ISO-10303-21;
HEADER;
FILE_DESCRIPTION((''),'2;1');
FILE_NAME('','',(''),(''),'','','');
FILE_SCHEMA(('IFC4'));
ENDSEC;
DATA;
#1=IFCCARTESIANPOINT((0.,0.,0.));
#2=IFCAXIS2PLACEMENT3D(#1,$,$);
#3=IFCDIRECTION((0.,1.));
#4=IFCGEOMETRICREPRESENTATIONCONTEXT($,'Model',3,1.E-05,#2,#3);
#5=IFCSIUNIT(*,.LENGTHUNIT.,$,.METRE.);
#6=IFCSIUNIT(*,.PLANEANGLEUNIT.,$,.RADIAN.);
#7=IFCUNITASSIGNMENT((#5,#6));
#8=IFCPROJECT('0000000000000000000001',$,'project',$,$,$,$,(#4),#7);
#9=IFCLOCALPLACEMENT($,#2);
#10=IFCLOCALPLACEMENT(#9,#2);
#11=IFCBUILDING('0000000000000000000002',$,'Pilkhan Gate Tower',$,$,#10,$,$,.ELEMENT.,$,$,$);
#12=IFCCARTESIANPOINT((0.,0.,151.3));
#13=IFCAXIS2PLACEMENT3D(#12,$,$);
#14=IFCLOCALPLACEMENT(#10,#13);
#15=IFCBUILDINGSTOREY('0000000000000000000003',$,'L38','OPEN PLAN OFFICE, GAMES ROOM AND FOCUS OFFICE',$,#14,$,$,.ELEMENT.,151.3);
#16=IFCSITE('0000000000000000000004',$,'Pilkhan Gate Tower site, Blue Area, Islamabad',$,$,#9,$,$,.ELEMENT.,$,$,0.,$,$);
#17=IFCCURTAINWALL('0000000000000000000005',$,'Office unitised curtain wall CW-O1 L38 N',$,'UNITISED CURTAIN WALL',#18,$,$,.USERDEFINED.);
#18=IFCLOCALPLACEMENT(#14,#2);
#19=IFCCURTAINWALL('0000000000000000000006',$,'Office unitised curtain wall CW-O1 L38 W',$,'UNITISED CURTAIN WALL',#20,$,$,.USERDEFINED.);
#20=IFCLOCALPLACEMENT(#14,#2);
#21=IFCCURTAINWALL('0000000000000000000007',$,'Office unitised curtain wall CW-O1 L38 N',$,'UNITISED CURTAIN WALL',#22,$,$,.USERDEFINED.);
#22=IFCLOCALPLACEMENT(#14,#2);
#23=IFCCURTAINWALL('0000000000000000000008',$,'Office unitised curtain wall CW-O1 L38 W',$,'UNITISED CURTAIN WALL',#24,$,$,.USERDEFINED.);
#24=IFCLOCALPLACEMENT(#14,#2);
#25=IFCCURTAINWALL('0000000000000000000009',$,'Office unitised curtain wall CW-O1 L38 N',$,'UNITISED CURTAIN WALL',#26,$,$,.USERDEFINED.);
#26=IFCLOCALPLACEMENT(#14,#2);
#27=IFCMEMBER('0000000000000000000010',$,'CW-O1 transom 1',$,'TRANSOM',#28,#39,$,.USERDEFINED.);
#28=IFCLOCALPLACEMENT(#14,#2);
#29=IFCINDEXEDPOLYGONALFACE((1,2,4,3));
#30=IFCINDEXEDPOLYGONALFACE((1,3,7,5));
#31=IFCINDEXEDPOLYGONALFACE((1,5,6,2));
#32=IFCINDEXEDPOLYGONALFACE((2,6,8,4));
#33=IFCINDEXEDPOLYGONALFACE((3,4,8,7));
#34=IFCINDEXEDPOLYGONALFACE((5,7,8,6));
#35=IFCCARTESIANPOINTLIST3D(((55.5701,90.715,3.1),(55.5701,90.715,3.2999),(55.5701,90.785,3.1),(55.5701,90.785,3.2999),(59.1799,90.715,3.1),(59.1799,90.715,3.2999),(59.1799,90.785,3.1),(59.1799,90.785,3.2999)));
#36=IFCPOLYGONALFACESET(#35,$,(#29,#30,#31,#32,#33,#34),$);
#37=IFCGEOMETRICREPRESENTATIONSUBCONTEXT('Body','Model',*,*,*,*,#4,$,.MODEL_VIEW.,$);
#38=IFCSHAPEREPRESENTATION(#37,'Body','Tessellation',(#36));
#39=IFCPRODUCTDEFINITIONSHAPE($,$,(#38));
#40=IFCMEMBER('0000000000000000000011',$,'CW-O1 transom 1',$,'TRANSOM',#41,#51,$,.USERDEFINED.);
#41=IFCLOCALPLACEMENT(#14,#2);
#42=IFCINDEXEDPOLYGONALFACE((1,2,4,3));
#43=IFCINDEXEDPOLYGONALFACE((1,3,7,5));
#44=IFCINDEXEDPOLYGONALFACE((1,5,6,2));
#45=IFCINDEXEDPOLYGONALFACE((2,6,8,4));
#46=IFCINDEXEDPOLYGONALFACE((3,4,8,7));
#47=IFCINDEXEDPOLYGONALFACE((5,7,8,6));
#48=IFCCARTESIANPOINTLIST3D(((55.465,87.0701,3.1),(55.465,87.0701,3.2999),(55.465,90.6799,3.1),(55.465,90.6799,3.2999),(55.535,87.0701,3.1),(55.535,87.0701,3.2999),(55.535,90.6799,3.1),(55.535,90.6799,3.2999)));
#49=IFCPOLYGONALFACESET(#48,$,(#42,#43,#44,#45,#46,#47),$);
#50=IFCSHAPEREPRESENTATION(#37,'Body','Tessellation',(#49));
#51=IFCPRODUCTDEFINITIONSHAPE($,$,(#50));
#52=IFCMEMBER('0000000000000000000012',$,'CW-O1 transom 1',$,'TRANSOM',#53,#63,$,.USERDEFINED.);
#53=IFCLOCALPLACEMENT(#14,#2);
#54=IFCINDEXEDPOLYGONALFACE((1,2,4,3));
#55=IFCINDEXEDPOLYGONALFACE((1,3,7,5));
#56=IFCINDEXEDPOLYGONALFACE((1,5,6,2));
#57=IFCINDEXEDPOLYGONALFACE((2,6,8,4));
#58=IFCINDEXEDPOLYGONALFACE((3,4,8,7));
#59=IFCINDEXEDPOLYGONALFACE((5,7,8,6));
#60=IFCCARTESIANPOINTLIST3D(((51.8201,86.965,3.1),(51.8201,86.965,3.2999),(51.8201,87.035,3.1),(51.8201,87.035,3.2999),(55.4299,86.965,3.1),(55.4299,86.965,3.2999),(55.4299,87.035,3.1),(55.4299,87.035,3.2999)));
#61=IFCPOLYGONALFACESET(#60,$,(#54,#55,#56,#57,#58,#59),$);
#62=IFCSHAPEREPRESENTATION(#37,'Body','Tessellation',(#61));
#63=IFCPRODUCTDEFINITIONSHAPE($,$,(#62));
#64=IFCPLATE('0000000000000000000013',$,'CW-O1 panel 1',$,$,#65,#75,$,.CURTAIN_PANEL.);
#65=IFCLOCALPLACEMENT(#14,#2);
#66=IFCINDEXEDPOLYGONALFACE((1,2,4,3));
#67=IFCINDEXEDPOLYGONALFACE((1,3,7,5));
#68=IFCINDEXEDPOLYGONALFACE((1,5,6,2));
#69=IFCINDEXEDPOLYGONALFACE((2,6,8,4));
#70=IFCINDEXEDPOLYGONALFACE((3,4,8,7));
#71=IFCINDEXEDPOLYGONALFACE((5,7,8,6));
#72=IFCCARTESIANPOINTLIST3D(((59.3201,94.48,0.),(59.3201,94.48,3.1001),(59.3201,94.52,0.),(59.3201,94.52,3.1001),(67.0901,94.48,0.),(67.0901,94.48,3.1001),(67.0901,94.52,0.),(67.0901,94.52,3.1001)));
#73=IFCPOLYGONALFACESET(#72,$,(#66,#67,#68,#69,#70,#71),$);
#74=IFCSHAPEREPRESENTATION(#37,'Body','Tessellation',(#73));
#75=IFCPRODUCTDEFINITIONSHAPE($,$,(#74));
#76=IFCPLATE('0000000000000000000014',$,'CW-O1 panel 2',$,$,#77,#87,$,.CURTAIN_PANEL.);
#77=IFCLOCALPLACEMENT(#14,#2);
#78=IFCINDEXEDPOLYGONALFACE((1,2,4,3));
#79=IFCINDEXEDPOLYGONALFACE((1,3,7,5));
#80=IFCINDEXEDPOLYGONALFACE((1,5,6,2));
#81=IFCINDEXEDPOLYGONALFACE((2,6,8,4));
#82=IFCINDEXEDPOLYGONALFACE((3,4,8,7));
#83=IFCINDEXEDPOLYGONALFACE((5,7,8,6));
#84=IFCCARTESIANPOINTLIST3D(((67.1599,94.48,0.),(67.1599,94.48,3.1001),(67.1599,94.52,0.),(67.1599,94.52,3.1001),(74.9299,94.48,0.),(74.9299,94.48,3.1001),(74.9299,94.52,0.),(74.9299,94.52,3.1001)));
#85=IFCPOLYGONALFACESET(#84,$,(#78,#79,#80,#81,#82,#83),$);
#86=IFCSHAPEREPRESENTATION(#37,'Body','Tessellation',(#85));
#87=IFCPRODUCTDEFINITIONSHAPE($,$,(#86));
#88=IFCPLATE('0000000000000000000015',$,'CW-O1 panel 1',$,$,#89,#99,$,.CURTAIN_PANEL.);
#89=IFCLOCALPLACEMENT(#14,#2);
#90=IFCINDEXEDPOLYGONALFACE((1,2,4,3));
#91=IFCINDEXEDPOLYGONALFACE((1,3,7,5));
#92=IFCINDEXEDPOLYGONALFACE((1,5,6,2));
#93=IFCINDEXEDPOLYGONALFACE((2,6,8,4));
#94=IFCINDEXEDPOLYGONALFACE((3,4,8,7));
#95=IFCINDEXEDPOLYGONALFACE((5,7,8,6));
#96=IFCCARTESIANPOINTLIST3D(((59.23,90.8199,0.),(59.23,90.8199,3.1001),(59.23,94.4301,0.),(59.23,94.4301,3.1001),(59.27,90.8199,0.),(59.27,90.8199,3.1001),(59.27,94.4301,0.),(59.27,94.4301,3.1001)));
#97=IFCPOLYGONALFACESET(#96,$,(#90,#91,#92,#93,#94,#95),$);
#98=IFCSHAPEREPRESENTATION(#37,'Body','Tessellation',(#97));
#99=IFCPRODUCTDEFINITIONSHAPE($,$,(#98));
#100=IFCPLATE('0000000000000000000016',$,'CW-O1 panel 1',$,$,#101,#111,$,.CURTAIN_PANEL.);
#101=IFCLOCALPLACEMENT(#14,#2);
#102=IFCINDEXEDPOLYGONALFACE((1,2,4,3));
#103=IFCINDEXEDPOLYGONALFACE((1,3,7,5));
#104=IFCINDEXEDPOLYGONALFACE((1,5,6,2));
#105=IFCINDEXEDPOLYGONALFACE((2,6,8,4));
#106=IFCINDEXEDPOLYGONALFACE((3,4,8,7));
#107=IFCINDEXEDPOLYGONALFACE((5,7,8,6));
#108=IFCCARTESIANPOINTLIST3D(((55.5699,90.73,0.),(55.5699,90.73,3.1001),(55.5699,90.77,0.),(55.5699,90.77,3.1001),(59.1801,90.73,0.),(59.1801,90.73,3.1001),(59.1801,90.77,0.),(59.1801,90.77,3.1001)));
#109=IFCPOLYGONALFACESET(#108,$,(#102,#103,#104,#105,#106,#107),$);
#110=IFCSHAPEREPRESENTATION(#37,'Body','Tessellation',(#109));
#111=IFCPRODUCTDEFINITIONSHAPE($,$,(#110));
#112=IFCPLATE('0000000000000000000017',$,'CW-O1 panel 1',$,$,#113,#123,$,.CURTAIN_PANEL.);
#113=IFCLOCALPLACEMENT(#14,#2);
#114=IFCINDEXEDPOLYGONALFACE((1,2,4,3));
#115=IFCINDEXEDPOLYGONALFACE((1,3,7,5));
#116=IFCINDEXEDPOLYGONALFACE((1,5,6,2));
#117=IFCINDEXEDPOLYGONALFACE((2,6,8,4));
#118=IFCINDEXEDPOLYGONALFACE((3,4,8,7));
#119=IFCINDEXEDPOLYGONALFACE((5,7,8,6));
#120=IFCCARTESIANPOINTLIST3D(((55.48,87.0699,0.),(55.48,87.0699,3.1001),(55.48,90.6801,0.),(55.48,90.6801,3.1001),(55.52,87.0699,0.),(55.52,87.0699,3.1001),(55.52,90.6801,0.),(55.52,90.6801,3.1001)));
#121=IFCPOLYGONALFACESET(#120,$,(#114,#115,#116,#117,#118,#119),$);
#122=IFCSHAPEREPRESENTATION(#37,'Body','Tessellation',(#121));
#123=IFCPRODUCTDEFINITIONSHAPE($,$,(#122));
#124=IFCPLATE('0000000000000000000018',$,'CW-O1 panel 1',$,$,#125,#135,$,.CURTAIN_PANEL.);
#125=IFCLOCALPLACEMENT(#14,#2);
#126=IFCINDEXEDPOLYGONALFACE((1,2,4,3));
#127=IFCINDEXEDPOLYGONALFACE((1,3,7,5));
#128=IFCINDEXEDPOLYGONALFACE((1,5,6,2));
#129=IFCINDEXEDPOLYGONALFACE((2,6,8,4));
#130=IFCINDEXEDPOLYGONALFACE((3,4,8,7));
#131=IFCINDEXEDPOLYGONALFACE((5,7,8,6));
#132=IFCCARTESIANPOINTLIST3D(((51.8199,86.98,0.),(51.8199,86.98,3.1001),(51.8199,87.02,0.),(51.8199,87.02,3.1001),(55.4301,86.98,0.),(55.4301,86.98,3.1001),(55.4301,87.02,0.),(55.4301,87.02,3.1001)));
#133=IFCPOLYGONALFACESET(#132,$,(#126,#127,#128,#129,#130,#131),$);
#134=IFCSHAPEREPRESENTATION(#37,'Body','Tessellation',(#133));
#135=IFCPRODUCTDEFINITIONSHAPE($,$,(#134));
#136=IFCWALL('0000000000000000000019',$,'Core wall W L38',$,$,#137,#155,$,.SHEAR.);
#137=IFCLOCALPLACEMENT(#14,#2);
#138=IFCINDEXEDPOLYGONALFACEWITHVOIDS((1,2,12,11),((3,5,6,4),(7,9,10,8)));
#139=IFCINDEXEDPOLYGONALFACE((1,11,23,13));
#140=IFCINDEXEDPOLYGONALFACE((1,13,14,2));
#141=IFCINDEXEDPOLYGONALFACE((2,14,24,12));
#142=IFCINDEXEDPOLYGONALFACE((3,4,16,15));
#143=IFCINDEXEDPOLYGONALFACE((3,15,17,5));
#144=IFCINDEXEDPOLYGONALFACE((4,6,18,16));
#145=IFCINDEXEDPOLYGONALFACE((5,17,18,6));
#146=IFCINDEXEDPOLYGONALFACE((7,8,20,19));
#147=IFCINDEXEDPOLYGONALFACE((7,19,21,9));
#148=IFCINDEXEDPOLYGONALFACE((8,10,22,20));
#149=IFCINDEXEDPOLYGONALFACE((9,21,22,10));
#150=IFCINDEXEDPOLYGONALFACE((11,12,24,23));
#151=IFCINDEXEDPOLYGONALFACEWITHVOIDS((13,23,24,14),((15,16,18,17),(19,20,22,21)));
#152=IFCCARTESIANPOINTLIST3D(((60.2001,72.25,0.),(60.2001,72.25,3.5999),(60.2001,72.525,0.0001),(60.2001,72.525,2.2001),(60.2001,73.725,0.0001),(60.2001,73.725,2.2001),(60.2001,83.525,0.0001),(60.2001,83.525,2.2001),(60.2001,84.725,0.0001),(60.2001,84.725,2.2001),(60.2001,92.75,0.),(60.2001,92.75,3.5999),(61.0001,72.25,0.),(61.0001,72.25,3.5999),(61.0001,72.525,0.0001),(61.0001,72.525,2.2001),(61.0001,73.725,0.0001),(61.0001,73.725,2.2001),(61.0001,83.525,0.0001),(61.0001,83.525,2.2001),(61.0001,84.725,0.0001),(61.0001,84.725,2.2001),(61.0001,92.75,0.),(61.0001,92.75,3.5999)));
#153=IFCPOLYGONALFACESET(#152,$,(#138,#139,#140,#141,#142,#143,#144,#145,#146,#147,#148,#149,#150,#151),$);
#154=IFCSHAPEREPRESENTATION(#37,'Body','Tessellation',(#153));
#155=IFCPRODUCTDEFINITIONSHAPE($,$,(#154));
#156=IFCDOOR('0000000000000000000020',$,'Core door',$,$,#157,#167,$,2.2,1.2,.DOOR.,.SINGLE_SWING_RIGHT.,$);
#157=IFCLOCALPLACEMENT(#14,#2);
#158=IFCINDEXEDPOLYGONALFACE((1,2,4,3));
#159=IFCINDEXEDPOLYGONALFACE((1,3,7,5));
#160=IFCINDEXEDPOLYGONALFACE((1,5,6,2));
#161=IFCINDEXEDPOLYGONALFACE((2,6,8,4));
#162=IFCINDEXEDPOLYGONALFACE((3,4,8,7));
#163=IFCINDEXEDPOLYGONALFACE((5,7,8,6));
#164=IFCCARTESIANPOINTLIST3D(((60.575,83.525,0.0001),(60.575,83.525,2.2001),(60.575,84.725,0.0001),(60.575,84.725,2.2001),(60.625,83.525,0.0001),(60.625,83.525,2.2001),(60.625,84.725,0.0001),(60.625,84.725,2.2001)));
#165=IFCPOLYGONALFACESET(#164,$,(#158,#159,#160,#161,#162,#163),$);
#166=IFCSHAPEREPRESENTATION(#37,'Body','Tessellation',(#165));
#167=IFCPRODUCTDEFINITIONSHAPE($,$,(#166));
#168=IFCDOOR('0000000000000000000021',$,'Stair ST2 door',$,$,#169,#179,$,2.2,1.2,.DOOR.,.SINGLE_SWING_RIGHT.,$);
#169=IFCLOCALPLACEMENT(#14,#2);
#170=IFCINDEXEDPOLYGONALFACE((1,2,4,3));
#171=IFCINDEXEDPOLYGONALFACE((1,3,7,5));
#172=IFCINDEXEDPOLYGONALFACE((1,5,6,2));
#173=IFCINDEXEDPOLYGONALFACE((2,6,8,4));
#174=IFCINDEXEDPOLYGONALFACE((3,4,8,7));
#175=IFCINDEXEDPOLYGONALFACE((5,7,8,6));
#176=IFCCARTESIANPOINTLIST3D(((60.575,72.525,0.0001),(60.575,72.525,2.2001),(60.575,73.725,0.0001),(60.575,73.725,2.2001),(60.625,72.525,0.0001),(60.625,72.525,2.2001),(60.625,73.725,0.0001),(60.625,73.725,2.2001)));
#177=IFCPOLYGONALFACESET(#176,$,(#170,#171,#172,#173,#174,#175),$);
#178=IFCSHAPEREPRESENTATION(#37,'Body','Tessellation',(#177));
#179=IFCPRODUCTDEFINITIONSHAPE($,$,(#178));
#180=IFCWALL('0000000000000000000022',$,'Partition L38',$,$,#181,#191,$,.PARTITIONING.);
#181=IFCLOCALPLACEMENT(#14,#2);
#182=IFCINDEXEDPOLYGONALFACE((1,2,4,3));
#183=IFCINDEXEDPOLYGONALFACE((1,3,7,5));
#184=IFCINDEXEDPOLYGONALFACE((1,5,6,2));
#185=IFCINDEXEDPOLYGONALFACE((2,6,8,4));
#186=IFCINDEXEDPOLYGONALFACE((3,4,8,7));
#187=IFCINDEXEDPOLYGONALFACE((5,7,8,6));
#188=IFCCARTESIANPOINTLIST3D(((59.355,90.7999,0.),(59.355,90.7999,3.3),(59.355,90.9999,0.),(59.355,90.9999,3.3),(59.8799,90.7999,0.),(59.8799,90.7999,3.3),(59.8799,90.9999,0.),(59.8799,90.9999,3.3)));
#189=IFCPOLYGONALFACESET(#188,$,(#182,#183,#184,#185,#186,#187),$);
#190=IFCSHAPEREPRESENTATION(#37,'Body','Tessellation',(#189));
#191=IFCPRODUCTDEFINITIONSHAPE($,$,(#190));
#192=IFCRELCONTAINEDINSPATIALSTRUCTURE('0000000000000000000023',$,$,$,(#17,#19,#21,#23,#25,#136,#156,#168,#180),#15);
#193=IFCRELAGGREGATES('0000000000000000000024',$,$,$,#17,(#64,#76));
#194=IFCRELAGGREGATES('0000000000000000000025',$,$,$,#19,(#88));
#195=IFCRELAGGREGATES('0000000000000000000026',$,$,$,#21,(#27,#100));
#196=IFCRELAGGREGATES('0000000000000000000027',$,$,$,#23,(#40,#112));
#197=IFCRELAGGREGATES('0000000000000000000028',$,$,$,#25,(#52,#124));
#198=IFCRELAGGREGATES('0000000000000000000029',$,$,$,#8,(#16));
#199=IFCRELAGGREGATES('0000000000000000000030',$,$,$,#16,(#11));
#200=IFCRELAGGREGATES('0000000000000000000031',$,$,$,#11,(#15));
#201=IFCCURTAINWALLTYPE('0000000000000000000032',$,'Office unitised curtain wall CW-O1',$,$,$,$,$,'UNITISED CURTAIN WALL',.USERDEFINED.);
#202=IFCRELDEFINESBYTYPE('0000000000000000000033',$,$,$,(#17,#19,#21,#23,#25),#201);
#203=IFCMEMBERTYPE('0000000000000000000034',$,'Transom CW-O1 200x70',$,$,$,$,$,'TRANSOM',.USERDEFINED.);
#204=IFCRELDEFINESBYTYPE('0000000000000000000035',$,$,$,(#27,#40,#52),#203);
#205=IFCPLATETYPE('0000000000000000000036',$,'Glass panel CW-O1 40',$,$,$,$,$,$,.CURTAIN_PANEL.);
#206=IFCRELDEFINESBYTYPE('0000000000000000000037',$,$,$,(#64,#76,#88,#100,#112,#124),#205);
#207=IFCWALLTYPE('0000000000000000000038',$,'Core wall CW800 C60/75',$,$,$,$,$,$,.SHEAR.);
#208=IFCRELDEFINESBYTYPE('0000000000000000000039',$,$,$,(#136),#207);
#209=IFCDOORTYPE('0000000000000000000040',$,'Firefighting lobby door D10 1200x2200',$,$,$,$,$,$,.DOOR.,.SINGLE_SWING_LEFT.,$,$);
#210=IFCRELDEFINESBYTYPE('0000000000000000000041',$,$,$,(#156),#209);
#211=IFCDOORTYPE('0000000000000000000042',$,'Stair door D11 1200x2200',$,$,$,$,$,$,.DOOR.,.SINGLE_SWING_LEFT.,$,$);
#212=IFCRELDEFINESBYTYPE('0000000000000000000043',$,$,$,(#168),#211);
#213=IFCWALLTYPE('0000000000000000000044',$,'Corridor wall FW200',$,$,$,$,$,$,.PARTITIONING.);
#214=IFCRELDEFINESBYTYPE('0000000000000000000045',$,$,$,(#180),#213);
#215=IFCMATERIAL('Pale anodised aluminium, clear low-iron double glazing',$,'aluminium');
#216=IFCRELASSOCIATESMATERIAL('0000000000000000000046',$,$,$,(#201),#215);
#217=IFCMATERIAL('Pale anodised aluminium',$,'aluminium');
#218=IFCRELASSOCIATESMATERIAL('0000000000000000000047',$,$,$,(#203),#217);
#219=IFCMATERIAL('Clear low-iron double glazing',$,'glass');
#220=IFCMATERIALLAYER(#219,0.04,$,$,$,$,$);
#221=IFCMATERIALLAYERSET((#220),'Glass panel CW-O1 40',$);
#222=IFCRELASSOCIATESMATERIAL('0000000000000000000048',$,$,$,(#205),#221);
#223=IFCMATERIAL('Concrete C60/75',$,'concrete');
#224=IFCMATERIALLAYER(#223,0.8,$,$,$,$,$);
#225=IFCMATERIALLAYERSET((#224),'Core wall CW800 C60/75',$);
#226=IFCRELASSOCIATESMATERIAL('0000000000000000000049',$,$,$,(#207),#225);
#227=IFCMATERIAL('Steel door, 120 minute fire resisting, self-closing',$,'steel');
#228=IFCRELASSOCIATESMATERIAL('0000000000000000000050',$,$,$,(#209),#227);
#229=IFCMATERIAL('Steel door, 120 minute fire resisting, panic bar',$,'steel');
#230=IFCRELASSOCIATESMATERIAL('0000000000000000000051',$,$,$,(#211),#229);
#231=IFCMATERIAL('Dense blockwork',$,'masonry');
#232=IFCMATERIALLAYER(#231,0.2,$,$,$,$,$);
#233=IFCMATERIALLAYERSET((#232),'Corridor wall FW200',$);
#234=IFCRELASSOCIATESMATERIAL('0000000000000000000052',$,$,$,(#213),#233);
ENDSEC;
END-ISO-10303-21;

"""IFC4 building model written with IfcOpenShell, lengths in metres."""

from ifc_helpers import new_model, si_unit, direction, frame, frame_2d, origin, origin_2d, place, context, subcontext, project, spatial, rectangle, extrude, material, layer, layer_set, material_profile, profile_set, type_object, element, fill, aggregate, save


model = new_model("IFC4")

# Units and contexts
model_context = context("Model", 3, precision=1e-05, world=origin(), true_north=direction((0.0, 1.0)))
body_context = subcontext(model_context, "Body", "Model", "MODEL_VIEW")
ifc_project = project(units=[si_unit("LENGTHUNIT", "METRE"), si_unit("PLANEANGLEUNIT", "RADIAN")], contexts=[model_context])

# Site, building, storey
site_placement = place(None, origin())
site = spatial("IfcSite", under=ifc_project, at=site_placement, Name="Pilkhan Gate Tower site, Blue Area, Islamabad", CompositionType="ELEMENT", RefElevation=0.0)
building_placement = place(site_placement, origin())
building = spatial("IfcBuilding", under=site, at=building_placement, Name="Pilkhan Gate Tower", CompositionType="ELEMENT")
storey_placement = place(building_placement, frame((0.0, 0.0, 151.3)))
storey = spatial("IfcBuildingStorey", under=building, at=storey_placement, Name="L38", Description="OPEN PLAN OFFICE, GAMES ROOM AND FOCUS OFFICE", CompositionType="ELEMENT", Elevation=151.3)

# Shared definitions
ifc_material_1 = material(Name="Concrete C60/75", Category="concrete")

# Curtain walls
ifc_material_2 = material(Name="Pale anodised aluminium, clear low-iron double glazing", Category="aluminium")
curtain_wall_type = type_object("IfcCurtainWallType", Name="Office unitised curtain wall CW-O1", ElementType="UNITISED CURTAIN WALL", PredefinedType="USERDEFINED", material=ifc_material_2)
curtain_wall_1_placement = place(storey_placement, origin())
curtain_wall_1 = element("IfcCurtainWall", 1, at=curtain_wall_1_placement, inside=storey, type_object=curtain_wall_type, Name="Office unitised curtain wall CW-O1 L38 N", ObjectType="UNITISED CURTAIN WALL", PredefinedType="USERDEFINED")
ifc_material_3 = material(Name="Pale anodised aluminium", Category="aluminium")
curtain_wall_2_placement = place(storey_placement, origin())
curtain_wall_2 = element("IfcCurtainWall", 2, at=curtain_wall_2_placement, inside=storey, type_object=curtain_wall_type, Name="Office unitised curtain wall CW-O1 L38 W", ObjectType="UNITISED CURTAIN WALL", PredefinedType="USERDEFINED")
curtain_wall_3_placement = place(storey_placement, origin())
curtain_wall_3 = element("IfcCurtainWall", 3, at=curtain_wall_3_placement, inside=storey, type_object=curtain_wall_type, Name="Office unitised curtain wall CW-O1 L38 N", ObjectType="UNITISED CURTAIN WALL", PredefinedType="USERDEFINED")
curtain_wall_4_placement = place(storey_placement, origin())
curtain_wall_4 = element("IfcCurtainWall", 4, at=curtain_wall_4_placement, inside=storey, type_object=curtain_wall_type, Name="Office unitised curtain wall CW-O1 L38 W", ObjectType="UNITISED CURTAIN WALL", PredefinedType="USERDEFINED")
curtain_wall_5_placement = place(storey_placement, origin())
curtain_wall_5 = element("IfcCurtainWall", 5, at=curtain_wall_5_placement, inside=storey, type_object=curtain_wall_type, Name="Office unitised curtain wall CW-O1 L38 N", ObjectType="UNITISED CURTAIN WALL", PredefinedType="USERDEFINED")

# Members
ifc_material_profile_1 = material_profile(ifc_material_3, rectangle(XDim=0.0701, YDim=0.2, at=origin_2d()), Name="Transom 200x70")
ifc_profile_set_1 = profile_set([ifc_material_profile_1], Name="Pale anodised aluminium")
member_type_1 = type_object("IfcMemberType", Name="Transom CW-O1 200x70", ElementType="TRANSOM", PredefinedType="USERDEFINED", material=ifc_profile_set_1)
member_1_placement = place(storey_placement, frame((55.5701, 90.75, 3.2), z_axis=(1.0, 0.0, 0.0), x_axis=(0.0, 1.0, 0.0)))
member_1 = element("IfcMember", 6, at=member_1_placement, type_object=member_type_1, Name="CW-O1 transom 1", ObjectType="TRANSOM", PredefinedType="USERDEFINED", context=body_context, shape_type="SweptSolid", body=[
    extrude(rectangle(XDim=0.0701, YDim=0.2, at=origin_2d()), origin(), (0.0, 0.0, 1.0), 3.6099),
])
member_2_placement = place(storey_placement, frame((55.5, 87.0701, 3.2), z_axis=(0.0, 1.0, 0.0), x_axis=(-1.0, 0.0, 0.0)))
member_2 = element("IfcMember", 7, at=member_2_placement, type_object=member_type_1, Name="CW-O1 transom 1", ObjectType="TRANSOM", PredefinedType="USERDEFINED", context=body_context, shape_type="SweptSolid", body=[
    extrude(rectangle(XDim=0.0701, YDim=0.2, at=origin_2d()), origin(), (0.0, 0.0, 1.0), 3.6099),
])
member_3_placement = place(storey_placement, frame((51.8201, 87.0, 3.2), z_axis=(1.0, 0.0, 0.0), x_axis=(0.0, 1.0, 0.0)))
member_3 = element("IfcMember", 8, at=member_3_placement, type_object=member_type_1, Name="CW-O1 transom 1", ObjectType="TRANSOM", PredefinedType="USERDEFINED", context=body_context, shape_type="SweptSolid", body=[
    extrude(rectangle(XDim=0.0701, YDim=0.2, at=origin_2d()), origin(), (0.0, 0.0, 1.0), 3.6099),
])

# Plates
ifc_material_4 = material(Name="Clear low-iron double glazing", Category="glass")
ifc_layer_1 = layer(ifc_material_4, 0.04)
ifc_layer_set_1 = layer_set([ifc_layer_1], Name="Glass panel CW-O1 40")
plate_type = type_object("IfcPlateType", Name="Glass panel CW-O1 40", PredefinedType="CURTAIN_PANEL", material=ifc_layer_set_1)
plate_1_placement = place(storey_placement, frame((63.2051, 94.5, 0.0), z_axis=(0.0, 0.0, 1.0), x_axis=(1.0, 0.0, 0.0)))
plate_1 = element("IfcPlate", 9, at=plate_1_placement, type_object=plate_type, Name="CW-O1 panel 1", PredefinedType="CURTAIN_PANEL", context=body_context, shape_type="SweptSolid", body=[
    extrude(rectangle(XDim=7.77, YDim=0.04, at=origin_2d()), origin(), (0.0, 0.0, 1.0), 3.1001),
])
plate_2_placement = place(storey_placement, frame((71.0449, 94.5, 0.0), z_axis=(0.0, 0.0, 1.0), x_axis=(1.0, 0.0, 0.0)))
plate_2 = element("IfcPlate", 10, at=plate_2_placement, type_object=plate_type, Name="CW-O1 panel 2", PredefinedType="CURTAIN_PANEL", context=body_context, shape_type="SweptSolid", body=[
    extrude(rectangle(XDim=7.77, YDim=0.04, at=origin_2d()), origin(), (0.0, 0.0, 1.0), 3.1001),
])
aggregate(curtain_wall_1, [plate_1, plate_2])
plate_3_placement = place(storey_placement, frame((59.25, 92.625, 0.0), z_axis=(0.0, 0.0, 1.0), x_axis=(0.0, 1.0, 0.0)))
plate_3 = element("IfcPlate", 11, at=plate_3_placement, type_object=plate_type, Name="CW-O1 panel 1", PredefinedType="CURTAIN_PANEL", context=body_context, shape_type="SweptSolid", body=[
    extrude(rectangle(XDim=3.6101, YDim=0.04, at=origin_2d()), origin(), (0.0, 0.0, 1.0), 3.1001),
])
aggregate(curtain_wall_2, [plate_3])
plate_4_placement = place(storey_placement, frame((57.375, 90.75, 0.0), z_axis=(0.0, 0.0, 1.0), x_axis=(1.0, 0.0, 0.0)))
plate_4 = element("IfcPlate", 12, at=plate_4_placement, type_object=plate_type, Name="CW-O1 panel 1", PredefinedType="CURTAIN_PANEL", context=body_context, shape_type="SweptSolid", body=[
    extrude(rectangle(XDim=3.6101, YDim=0.04, at=origin_2d()), origin(), (0.0, 0.0, 1.0), 3.1001),
])
aggregate(curtain_wall_3, [member_1, plate_4])
plate_5_placement = place(storey_placement, frame((55.5, 88.875, 0.0), z_axis=(0.0, 0.0, 1.0), x_axis=(0.0, 1.0, 0.0)))
plate_5 = element("IfcPlate", 13, at=plate_5_placement, type_object=plate_type, Name="CW-O1 panel 1", PredefinedType="CURTAIN_PANEL", context=body_context, shape_type="SweptSolid", body=[
    extrude(rectangle(XDim=3.6101, YDim=0.04, at=origin_2d()), origin(), (0.0, 0.0, 1.0), 3.1001),
])
aggregate(curtain_wall_4, [member_2, plate_5])
plate_6_placement = place(storey_placement, frame((53.625, 87.0, 0.0), z_axis=(0.0, 0.0, 1.0), x_axis=(1.0, 0.0, 0.0)))
plate_6 = element("IfcPlate", 14, at=plate_6_placement, type_object=plate_type, Name="CW-O1 panel 1", PredefinedType="CURTAIN_PANEL", context=body_context, shape_type="SweptSolid", body=[
    extrude(rectangle(XDim=3.6101, YDim=0.04, at=origin_2d()), origin(), (0.0, 0.0, 1.0), 3.1001),
])
aggregate(curtain_wall_5, [member_3, plate_6])

# Wall, openings, doors
ifc_layer_2 = layer(ifc_material_1, 0.8)
ifc_layer_set_2 = layer_set([ifc_layer_2], Name="Core wall CW800 C60/75")
wall_type_1 = type_object("IfcWallType", Name="Core wall CW800 C60/75", PredefinedType="SHEAR", material=ifc_layer_set_2)
wall_1_placement = place(storey_placement, frame((60.6001, 92.75, 0.0), z_axis=(0.0, 0.0, 1.0), x_axis=(0.0, -1.0, 0.0)))
wall_1 = element("IfcWall", 15, at=wall_1_placement, inside=storey, type_object=wall_type_1, Name="Core wall W L38", PredefinedType="SHEAR", context=body_context, shape_type="SweptSolid", body=[
    extrude(rectangle(XDim=20.5, YDim=0.8, at=frame_2d((10.25, 0.0))), origin(), (0.0, 0.0, 1.0), 3.5999),
])
opening_1_placement = place(wall_1_placement, frame((19.0249, 0.0, 0.0)))
opening_1 = element("IfcOpeningElement", 16, at=opening_1_placement, cuts=wall_1, PredefinedType="OPENING", context=body_context, shape_type="SweptSolid", body=[
    extrude(rectangle(XDim=1.2, YDim=2.2, at=frame_2d((0.6001, 1.1001))), frame((0.0, 0.4099, 0.0), z_axis=(0.0, -1.0, 0.0), x_axis=(1.0, 0.0, 0.0)), (0.0, 0.0, 1.0), 0.8201),
])
opening_2_placement = place(wall_1_placement, frame((8.0249, 0.0, 0.0)))
opening_2 = element("IfcOpeningElement", 17, at=opening_2_placement, cuts=wall_1, PredefinedType="OPENING", context=body_context, shape_type="SweptSolid", body=[
    extrude(rectangle(XDim=1.2, YDim=2.2, at=frame_2d((0.6001, 1.1001))), frame((0.0, 0.4099, 0.0), z_axis=(0.0, -1.0, 0.0), x_axis=(1.0, 0.0, 0.0)), (0.0, 0.0, 1.0), 0.8201),
])
ifc_material_5 = material(Name="Steel door, 120 minute fire resisting, self-closing", Category="steel")
door_type_1 = type_object("IfcDoorType", Name="Firefighting lobby door D10 1200x2200", OperationType="SINGLE_SWING_LEFT", PredefinedType="DOOR", material=ifc_material_5)
door_1_placement = place(opening_2_placement, origin())
door_1 = element("IfcDoor", 18, at=door_1_placement, inside=storey, type_object=door_type_1, Name="Core door", OperationType="SINGLE_SWING_RIGHT", OverallHeight=2.2, OverallWidth=1.2, PredefinedType="DOOR", context=body_context, shape_type="SweptSolid", body=[
    extrude(rectangle(XDim=1.2, YDim=2.2, at=frame_2d((0.6001, 1.1001))), frame((0.0, 0.0249, 0.0), z_axis=(0.0, -1.0, 0.0), x_axis=(1.0, 0.0, 0.0)), (0.0, 0.0, 1.0), 0.05),
])
fill(opening_2, door_1)
ifc_material_6 = material(Name="Steel door, 120 minute fire resisting, panic bar", Category="steel")
door_type_2 = type_object("IfcDoorType", Name="Stair door D11 1200x2200", OperationType="SINGLE_SWING_LEFT", PredefinedType="DOOR", material=ifc_material_6)
door_2_placement = place(opening_1_placement, origin())
door_2 = element("IfcDoor", 19, at=door_2_placement, inside=storey, type_object=door_type_2, Name="Stair ST2 door", OperationType="SINGLE_SWING_RIGHT", OverallHeight=2.2, OverallWidth=1.2, PredefinedType="DOOR", context=body_context, shape_type="SweptSolid", body=[
    extrude(rectangle(XDim=1.2, YDim=2.2, at=frame_2d((0.6001, 1.1001))), frame((0.0, 0.0249, 0.0), z_axis=(0.0, -1.0, 0.0), x_axis=(1.0, 0.0, 0.0)), (0.0, 0.0, 1.0), 0.05),
])
fill(opening_1, door_2)

# Wall
ifc_material_7 = material(Name="Dense blockwork", Category="masonry")
ifc_layer_3 = layer(ifc_material_7, 0.2)
ifc_layer_set_3 = layer_set([ifc_layer_3], Name="Corridor wall FW200")
wall_type_2 = type_object("IfcWallType", Name="Corridor wall FW200", PredefinedType="PARTITIONING", material=ifc_layer_set_3)
wall_2_placement = place(storey_placement, frame((59.355, 90.8999, 0.0), z_axis=(0.0, 0.0, 1.0), x_axis=(1.0, 0.0, 0.0)))
element("IfcWall", 20, at=wall_2_placement, inside=storey, type_object=wall_type_2, Name="Partition L38", PredefinedType="PARTITIONING", context=body_context, shape_type="SweptSolid", body=[
    extrude(rectangle(XDim=0.5249, YDim=0.2, at=frame_2d((0.2625, 0.0))), origin(), (0.0, 0.0, 1.0), 3.3),
])

save(model, "model.ifc")
